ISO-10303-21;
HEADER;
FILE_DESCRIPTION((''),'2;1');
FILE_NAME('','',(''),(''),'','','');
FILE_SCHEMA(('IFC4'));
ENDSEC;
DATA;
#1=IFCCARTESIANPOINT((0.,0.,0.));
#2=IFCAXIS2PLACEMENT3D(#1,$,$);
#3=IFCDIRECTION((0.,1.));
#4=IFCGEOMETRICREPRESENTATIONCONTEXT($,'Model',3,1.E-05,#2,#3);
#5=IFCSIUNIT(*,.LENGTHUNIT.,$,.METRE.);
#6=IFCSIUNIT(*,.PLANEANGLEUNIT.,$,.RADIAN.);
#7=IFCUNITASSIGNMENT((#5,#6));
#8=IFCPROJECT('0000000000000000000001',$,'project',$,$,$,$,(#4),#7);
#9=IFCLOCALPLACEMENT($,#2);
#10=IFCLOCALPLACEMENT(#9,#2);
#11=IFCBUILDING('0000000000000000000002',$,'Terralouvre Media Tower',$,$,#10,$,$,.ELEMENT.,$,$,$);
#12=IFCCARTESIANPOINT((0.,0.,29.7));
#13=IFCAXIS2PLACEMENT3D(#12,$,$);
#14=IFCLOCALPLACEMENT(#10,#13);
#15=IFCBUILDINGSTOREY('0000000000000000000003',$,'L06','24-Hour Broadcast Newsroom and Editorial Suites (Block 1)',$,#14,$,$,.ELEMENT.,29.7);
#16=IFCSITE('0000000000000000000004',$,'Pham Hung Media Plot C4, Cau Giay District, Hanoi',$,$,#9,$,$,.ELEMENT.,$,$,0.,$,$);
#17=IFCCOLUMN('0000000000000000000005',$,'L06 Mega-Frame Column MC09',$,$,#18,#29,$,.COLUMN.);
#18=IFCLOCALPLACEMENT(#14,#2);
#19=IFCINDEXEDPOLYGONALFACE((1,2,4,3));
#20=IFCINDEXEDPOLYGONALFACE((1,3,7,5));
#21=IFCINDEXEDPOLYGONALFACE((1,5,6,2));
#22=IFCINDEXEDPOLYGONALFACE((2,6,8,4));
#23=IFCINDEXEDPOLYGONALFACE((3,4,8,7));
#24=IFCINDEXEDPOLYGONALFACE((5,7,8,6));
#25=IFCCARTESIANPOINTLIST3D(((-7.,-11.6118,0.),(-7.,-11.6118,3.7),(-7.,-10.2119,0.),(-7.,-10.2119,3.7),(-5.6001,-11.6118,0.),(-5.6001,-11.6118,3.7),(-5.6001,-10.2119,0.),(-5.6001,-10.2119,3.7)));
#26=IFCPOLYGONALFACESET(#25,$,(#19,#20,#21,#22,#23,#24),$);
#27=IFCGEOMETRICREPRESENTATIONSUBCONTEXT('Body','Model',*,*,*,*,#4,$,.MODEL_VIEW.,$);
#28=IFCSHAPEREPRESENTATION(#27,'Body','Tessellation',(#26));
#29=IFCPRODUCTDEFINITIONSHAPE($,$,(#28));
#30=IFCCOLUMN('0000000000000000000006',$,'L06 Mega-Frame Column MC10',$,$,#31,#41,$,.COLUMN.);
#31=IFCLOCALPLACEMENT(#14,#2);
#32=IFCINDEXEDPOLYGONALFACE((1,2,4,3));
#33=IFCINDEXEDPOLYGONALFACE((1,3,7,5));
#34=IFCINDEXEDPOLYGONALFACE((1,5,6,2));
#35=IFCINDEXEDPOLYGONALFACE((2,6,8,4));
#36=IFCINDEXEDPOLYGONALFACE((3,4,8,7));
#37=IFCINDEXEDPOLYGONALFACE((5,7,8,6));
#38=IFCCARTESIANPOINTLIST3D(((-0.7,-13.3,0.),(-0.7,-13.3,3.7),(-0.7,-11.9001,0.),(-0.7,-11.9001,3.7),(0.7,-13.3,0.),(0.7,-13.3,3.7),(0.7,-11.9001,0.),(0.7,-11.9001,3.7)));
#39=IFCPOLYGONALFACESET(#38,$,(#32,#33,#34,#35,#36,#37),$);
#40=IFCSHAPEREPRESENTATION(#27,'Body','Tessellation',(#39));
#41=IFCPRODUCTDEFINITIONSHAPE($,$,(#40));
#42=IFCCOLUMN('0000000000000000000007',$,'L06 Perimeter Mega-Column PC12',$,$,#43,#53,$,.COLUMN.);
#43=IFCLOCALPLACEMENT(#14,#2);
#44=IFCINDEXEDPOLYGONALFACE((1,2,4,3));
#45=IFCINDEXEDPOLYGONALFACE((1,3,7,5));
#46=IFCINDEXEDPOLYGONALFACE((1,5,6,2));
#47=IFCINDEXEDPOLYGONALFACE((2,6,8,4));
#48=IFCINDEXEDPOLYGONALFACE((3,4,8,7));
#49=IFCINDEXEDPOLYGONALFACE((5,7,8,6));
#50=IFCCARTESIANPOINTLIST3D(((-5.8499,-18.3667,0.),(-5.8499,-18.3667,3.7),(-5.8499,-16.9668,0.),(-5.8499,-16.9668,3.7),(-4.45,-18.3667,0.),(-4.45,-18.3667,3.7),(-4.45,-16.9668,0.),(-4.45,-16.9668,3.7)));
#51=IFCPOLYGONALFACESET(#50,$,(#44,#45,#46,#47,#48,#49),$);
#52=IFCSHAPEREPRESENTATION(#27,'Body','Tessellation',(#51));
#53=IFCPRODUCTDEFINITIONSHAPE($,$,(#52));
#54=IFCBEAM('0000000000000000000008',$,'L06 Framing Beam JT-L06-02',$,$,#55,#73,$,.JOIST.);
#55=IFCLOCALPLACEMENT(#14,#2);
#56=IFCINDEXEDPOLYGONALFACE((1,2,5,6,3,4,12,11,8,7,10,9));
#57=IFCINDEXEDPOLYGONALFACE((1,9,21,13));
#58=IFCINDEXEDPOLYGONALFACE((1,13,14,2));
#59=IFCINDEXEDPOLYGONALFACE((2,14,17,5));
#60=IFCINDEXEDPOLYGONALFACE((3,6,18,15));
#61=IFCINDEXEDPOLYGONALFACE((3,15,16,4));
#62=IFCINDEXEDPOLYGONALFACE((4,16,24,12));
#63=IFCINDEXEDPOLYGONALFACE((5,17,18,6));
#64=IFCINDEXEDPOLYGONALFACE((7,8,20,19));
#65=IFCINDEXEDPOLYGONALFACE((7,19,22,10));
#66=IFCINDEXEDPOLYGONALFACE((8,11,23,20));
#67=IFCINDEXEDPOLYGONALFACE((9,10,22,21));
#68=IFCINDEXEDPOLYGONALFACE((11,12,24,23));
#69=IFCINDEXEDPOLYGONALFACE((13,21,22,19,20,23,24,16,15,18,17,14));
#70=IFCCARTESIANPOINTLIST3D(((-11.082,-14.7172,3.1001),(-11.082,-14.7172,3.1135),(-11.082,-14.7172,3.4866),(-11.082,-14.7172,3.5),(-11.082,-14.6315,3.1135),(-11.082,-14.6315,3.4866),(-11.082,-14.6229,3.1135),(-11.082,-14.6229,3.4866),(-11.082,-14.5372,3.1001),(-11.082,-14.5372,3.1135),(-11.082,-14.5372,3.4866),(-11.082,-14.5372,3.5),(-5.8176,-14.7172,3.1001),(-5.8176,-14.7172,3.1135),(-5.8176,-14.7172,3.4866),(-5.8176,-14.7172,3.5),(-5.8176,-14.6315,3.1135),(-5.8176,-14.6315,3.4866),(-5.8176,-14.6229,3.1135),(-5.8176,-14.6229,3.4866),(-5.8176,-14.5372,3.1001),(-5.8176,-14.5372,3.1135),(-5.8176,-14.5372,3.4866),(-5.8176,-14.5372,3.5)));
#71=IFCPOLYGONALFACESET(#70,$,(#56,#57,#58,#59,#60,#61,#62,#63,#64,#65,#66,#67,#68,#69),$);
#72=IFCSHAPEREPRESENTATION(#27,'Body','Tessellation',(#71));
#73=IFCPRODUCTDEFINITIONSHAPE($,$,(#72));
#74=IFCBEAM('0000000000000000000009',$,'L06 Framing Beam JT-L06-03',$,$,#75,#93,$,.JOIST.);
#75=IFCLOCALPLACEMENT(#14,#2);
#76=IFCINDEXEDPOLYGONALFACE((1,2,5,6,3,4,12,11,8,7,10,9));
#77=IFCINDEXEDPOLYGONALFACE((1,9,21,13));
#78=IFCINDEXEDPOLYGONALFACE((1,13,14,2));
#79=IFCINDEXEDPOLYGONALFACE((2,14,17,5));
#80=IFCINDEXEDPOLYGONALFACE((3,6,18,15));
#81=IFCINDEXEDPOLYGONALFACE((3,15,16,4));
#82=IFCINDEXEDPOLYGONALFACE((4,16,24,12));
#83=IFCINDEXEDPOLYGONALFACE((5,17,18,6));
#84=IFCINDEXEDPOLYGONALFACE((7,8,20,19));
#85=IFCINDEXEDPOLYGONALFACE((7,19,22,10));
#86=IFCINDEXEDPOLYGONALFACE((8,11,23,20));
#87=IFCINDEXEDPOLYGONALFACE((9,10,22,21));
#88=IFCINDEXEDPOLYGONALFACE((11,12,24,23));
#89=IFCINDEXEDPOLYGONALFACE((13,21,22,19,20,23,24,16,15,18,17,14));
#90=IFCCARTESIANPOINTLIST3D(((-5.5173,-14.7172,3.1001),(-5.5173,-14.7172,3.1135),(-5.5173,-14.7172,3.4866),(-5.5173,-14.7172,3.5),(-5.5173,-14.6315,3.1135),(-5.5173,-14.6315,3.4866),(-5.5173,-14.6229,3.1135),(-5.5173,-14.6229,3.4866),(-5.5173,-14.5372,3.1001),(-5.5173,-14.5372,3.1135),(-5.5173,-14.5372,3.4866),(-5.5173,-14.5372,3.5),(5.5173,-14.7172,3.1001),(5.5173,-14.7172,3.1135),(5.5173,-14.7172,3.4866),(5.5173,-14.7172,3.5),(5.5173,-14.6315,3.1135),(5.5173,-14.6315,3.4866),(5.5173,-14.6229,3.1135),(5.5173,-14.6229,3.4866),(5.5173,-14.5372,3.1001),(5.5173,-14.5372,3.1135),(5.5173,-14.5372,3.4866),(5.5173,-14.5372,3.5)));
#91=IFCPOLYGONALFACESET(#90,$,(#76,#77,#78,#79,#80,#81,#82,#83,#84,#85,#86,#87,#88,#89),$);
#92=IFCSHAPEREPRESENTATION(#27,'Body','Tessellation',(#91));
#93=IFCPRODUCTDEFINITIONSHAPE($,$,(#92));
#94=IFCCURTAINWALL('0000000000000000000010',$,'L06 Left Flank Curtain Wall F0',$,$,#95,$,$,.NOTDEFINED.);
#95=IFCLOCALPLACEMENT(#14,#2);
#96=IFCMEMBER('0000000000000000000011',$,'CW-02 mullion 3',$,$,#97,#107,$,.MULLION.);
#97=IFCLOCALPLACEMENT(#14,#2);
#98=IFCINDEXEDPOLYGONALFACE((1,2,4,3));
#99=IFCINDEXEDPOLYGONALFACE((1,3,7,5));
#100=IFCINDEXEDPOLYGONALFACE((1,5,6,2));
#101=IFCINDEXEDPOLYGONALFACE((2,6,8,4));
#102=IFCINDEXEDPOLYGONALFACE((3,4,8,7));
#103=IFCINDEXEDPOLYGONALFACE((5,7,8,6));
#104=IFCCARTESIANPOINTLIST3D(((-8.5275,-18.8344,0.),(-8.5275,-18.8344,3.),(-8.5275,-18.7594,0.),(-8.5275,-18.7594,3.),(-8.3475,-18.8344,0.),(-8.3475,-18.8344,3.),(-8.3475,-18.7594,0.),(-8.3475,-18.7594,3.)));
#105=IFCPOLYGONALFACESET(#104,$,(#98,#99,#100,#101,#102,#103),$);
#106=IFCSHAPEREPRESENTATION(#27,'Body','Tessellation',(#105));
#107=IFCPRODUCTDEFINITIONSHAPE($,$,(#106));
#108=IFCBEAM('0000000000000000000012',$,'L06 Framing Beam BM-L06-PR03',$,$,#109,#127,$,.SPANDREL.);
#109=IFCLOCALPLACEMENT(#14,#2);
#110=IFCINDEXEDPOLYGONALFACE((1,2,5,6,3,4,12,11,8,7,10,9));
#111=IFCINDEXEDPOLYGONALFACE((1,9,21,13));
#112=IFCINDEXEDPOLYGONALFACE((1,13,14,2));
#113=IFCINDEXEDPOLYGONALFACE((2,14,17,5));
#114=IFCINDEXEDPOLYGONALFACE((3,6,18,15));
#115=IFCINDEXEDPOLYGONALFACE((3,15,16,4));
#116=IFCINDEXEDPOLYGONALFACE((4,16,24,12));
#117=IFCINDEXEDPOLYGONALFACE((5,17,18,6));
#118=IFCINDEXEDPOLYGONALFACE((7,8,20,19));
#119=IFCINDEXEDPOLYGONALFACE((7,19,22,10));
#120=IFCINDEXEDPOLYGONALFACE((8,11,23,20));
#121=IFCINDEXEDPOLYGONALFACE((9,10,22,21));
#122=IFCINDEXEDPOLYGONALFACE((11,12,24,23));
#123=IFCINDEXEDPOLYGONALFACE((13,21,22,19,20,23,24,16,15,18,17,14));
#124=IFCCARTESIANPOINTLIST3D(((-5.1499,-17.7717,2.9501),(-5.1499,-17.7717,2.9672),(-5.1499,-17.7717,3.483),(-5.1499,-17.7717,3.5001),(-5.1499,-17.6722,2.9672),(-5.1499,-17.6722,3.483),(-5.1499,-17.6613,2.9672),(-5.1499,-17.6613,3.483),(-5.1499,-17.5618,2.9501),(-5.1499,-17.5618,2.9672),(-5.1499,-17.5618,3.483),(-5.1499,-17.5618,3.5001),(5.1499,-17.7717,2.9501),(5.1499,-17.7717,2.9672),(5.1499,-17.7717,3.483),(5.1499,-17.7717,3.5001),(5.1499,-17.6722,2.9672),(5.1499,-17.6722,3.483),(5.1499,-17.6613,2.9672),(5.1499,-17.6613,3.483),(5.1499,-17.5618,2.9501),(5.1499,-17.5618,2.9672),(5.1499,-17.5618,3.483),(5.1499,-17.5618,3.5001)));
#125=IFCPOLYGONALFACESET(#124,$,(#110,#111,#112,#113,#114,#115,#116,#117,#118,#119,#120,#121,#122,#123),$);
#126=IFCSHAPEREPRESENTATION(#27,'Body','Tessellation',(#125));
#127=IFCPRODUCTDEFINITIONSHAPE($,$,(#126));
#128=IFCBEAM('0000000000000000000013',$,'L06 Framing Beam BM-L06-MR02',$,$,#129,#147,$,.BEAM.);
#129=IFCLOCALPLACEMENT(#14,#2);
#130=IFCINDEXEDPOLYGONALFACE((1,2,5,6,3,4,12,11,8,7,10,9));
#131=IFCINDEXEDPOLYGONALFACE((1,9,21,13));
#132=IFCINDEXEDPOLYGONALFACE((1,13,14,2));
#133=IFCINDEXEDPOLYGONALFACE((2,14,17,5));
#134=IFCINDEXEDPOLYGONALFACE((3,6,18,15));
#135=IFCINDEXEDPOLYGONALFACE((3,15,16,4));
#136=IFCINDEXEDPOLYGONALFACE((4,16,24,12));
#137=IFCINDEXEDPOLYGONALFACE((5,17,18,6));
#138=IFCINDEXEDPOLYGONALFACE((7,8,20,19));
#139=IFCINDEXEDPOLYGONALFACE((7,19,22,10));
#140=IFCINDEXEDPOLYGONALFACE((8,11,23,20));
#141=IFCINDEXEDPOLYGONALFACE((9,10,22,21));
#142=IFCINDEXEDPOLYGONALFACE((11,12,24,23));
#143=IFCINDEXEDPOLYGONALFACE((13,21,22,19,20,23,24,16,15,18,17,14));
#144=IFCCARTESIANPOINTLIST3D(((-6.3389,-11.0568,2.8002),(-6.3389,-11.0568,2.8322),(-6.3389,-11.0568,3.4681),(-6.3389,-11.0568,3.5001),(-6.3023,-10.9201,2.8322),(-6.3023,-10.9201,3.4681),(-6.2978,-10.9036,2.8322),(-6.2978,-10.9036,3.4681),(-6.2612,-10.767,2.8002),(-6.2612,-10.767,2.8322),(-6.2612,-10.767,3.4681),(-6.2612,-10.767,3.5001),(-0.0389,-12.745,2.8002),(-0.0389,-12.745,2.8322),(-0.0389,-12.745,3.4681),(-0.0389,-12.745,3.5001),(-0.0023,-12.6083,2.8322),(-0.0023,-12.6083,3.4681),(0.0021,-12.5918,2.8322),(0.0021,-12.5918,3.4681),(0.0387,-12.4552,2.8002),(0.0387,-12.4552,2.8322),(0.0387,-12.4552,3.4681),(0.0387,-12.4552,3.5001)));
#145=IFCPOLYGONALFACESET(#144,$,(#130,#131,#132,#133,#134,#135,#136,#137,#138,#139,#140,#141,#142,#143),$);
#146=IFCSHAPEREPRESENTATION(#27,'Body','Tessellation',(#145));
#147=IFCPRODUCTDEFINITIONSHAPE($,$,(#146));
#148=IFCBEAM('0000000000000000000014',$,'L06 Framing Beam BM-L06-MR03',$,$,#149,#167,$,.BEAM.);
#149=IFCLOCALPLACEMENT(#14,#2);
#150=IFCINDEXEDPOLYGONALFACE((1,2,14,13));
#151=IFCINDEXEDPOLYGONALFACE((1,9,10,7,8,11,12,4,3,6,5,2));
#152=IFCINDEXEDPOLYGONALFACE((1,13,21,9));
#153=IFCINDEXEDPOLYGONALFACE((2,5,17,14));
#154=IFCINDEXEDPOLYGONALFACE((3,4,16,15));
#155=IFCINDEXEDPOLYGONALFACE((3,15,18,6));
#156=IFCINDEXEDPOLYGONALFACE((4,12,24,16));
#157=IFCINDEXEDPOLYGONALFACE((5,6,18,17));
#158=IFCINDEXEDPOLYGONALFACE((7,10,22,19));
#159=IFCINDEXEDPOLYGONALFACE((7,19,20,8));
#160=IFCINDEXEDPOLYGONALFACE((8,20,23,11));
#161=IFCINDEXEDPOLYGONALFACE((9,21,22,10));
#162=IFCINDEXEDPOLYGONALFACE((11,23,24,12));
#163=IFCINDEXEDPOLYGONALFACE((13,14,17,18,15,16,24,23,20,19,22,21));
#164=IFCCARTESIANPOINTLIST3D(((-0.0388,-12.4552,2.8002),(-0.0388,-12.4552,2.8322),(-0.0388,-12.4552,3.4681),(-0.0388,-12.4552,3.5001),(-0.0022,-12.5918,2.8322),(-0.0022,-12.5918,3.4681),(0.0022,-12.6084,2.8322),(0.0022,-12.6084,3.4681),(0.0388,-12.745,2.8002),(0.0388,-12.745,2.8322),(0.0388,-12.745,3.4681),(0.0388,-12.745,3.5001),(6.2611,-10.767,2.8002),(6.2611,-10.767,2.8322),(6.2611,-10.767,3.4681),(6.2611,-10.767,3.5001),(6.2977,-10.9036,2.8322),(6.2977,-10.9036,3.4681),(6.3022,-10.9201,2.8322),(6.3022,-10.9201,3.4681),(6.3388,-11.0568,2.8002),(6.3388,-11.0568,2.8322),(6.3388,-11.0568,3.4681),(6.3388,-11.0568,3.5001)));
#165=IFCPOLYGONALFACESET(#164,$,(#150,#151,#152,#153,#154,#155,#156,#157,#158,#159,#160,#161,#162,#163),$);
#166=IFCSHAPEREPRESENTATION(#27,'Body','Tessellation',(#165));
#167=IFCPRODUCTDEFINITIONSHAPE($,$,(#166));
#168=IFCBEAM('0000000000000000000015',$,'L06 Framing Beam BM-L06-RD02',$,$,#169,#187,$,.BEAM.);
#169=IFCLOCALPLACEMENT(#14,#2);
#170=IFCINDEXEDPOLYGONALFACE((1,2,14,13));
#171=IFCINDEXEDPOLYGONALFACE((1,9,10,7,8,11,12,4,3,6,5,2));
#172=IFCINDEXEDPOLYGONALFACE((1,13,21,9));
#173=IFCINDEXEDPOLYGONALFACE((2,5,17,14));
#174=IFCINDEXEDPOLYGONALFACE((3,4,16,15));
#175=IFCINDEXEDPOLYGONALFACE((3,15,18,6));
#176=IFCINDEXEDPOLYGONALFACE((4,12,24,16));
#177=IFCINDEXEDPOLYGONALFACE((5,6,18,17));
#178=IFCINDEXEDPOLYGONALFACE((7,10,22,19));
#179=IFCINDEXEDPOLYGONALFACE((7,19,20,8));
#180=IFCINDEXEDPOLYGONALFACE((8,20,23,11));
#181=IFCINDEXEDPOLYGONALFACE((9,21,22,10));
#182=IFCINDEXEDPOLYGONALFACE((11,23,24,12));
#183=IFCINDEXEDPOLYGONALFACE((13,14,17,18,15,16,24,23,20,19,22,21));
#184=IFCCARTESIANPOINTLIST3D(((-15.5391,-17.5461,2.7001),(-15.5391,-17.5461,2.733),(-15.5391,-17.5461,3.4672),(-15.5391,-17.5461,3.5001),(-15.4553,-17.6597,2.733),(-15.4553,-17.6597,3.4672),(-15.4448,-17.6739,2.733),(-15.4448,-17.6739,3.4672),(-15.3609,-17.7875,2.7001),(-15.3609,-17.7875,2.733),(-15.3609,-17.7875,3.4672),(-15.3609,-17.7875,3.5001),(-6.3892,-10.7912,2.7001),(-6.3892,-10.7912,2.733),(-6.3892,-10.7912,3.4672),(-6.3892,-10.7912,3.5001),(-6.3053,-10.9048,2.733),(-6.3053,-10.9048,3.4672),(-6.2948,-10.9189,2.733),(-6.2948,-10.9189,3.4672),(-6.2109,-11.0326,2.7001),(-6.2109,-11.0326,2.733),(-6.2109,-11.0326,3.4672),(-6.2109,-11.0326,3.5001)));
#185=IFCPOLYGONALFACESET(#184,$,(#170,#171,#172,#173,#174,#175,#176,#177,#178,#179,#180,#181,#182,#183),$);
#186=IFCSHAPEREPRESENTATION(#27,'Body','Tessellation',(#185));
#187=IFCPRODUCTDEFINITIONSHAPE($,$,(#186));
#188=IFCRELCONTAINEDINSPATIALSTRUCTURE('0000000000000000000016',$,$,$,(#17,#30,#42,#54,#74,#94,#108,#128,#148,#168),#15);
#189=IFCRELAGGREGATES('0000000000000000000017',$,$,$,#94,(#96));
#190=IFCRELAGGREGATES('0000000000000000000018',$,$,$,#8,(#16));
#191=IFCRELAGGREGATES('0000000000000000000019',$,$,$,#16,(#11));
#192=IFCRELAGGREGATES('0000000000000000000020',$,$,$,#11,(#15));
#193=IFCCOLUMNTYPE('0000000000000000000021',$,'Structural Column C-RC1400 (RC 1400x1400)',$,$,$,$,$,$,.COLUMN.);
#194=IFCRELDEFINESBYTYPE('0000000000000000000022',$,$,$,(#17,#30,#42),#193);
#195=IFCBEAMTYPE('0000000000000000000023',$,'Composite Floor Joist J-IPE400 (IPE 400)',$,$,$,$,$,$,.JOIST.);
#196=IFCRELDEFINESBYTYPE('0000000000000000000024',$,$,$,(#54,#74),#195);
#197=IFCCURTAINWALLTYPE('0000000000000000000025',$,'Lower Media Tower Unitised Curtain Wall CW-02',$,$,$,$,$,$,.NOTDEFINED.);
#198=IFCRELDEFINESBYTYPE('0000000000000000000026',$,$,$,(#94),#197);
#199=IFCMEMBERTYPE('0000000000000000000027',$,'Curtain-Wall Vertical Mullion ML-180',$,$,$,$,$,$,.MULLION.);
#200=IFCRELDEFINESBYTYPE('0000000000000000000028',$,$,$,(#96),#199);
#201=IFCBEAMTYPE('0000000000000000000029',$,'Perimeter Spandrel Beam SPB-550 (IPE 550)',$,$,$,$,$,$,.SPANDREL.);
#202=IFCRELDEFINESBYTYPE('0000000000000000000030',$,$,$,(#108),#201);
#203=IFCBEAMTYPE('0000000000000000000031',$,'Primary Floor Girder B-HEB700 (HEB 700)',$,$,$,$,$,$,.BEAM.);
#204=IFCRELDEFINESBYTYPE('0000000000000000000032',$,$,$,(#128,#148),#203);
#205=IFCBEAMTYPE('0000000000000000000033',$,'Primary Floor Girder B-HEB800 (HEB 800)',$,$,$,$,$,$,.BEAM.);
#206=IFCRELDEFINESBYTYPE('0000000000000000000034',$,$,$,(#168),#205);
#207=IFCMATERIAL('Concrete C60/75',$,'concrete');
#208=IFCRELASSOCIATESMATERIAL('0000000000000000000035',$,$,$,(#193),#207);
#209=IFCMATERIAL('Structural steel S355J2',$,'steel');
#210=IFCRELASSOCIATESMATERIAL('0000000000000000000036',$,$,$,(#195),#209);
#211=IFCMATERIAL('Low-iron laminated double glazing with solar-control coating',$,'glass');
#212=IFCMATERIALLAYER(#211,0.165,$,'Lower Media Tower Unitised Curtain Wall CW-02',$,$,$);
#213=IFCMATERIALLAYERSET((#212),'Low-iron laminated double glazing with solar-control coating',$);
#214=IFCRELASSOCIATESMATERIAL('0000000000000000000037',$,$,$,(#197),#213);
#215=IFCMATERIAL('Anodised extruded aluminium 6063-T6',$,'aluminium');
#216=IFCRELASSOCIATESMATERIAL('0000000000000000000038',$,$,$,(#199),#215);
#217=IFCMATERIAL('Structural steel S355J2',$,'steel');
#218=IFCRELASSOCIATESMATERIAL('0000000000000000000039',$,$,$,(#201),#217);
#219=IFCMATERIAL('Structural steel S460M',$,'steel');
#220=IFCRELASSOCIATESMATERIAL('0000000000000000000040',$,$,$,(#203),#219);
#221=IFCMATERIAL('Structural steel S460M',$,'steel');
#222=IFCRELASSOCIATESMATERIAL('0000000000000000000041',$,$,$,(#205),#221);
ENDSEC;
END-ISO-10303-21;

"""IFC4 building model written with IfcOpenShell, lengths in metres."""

from ifc_helpers import new_model, si_unit, direction, frame, origin, origin_2d, place, context, subcontext, project, spatial, rectangle, i_section, extrude, material, layer, layer_set, material_profile, profile_set, type_object, element, aggregate, save


model = new_model("IFC4")

# Units and contexts
model_context = context("Model", 3, precision=1e-05, world=origin(), true_north=direction((0.0, 1.0)))
body_context = subcontext(model_context, "Body", "Model", "MODEL_VIEW")
ifc_project = project(units=[si_unit("LENGTHUNIT", "METRE"), si_unit("PLANEANGLEUNIT", "RADIAN")], contexts=[model_context])

# Site, building, storey
site_placement = place(None, origin())
site = spatial("IfcSite", under=ifc_project, at=site_placement, Name="Pham Hung Media Plot C4, Cau Giay District, Hanoi", CompositionType="ELEMENT", RefElevation=0.0)
building_placement = place(site_placement, origin())
building = spatial("IfcBuilding", under=site, at=building_placement, Name="Terralouvre Media Tower", CompositionType="ELEMENT")
storey_placement = place(building_placement, frame((0.0, 0.0, 29.7)))
storey = spatial("IfcBuildingStorey", under=building, at=storey_placement, Name="L06", Description="24-Hour Broadcast Newsroom and Editorial Suites (Block 1)", CompositionType="ELEMENT", Elevation=29.7)

# Columns
ifc_material_1 = material(Name="Concrete C60/75", Category="concrete")
ifc_material_profile_1 = material_profile(ifc_material_1, rectangle(XDim=1.3999, YDim=1.3999, at=origin_2d()), Name="RC 1400x1400")
ifc_profile_set_1 = profile_set([ifc_material_profile_1], Name="Concrete C60/75")
column_type = type_object("IfcColumnType", Name="Structural Column C-RC1400 (RC 1400x1400)", PredefinedType="COLUMN", material=ifc_profile_set_1)
for number, where, z_axis, x_axis, name in (
    (1, (-6.3, -10.9119, 0.0), (0.0, 0.0, 1.0), (1.0, 0.0, 0.0), "L06 Mega-Frame Column MC09"),
    (2, (0.0, -12.6001, 0.0), (0.0, 0.0, 1.0), (1.0, 0.0, 0.0), "L06 Mega-Frame Column MC10"),
    (3, (-5.1499, -17.6667, 0.0), (0.0, 0.0, 1.0), (1.0, 0.0, 0.0), "L06 Perimeter Mega-Column PC12"),
):
    element("IfcColumn", number, at=place(storey_placement, frame(where, z_axis=z_axis, x_axis=x_axis)), inside=storey, type_object=column_type, Name=name, PredefinedType="COLUMN", context=body_context, shape_type="SweptSolid", body=[
        extrude(rectangle(XDim=1.3999, YDim=1.3999, at=origin_2d()), origin(), (0.0, 0.0, 1.0), 3.7),
    ])

# Beams
ifc_material_2 = material(Name="Structural steel S355J2", Category="steel")
ifc_material_profile_2 = material_profile(ifc_material_2, i_section(OverallWidth=0.1799, OverallDepth=0.3999, WebThickness=0.0085, FlangeThickness=0.0134, at=origin_2d()), Name="IPE 400")
ifc_profile_set_2 = profile_set([ifc_material_profile_2], Name="Structural steel S355J2")
beam_type_1 = type_object("IfcBeamType", Name="Composite Floor Joist J-IPE400 (IPE 400)", PredefinedType="JOIST", material=ifc_profile_set_2)
beam_1_placement = place(storey_placement, frame((-11.082, -14.6272, 3.3), z_axis=(1.0, 0.0, 0.0), x_axis=(0.0, 1.0, 0.0)))
element("IfcBeam", 4, at=beam_1_placement, inside=storey, type_object=beam_type_1, Name="L06 Framing Beam JT-L06-02", PredefinedType="JOIST", context=body_context, shape_type="SweptSolid", body=[
    extrude(i_section(OverallWidth=0.1799, OverallDepth=0.3999, WebThickness=0.0085, FlangeThickness=0.0134, at=origin_2d()), origin(), (0.0, 0.0, 1.0), 5.2644),
])
beam_2_placement = place(storey_placement, frame((-5.5173, -14.6272, 3.3), z_axis=(1.0, 0.0, 0.0), x_axis=(0.0, 1.0, 0.0)))
element("IfcBeam", 5, at=beam_2_placement, inside=storey, type_object=beam_type_1, Name="L06 Framing Beam JT-L06-03", PredefinedType="JOIST", context=body_context, shape_type="SweptSolid", body=[
    extrude(i_section(OverallWidth=0.1799, OverallDepth=0.3999, WebThickness=0.0085, FlangeThickness=0.0134, at=origin_2d()), origin(), (0.0, 0.0, 1.0), 11.0347),
])

# Curtain wall, member
ifc_material_3 = material(Name="Low-iron laminated double glazing with solar-control coating", Category="glass")
ifc_layer_1 = layer(ifc_material_3, 0.165, Name="Lower Media Tower Unitised Curtain Wall CW-02")
ifc_layer_set_1 = layer_set([ifc_layer_1], Name="Low-iron laminated double glazing with solar-control coating")
curtain_wall_type = type_object("IfcCurtainWallType", Name="Lower Media Tower Unitised Curtain Wall CW-02", PredefinedType="NOTDEFINED", material=ifc_layer_set_1)
curtain_wall_placement = place(storey_placement, origin())
curtain_wall = element("IfcCurtainWall", 6, at=curtain_wall_placement, inside=storey, type_object=curtain_wall_type, Name="L06 Left Flank Curtain Wall F0", PredefinedType="NOTDEFINED")
ifc_material_4 = material(Name="Anodised extruded aluminium 6063-T6", Category="aluminium")
ifc_material_profile_3 = material_profile(ifc_material_4, rectangle(XDim=0.075, YDim=0.1799, at=origin_2d()), Name="ALU 75x180")
ifc_profile_set_3 = profile_set([ifc_material_profile_3], Name="Anodised extruded aluminium 6063-T6")
member_type = type_object("IfcMemberType", Name="Curtain-Wall Vertical Mullion ML-180", PredefinedType="MULLION", material=ifc_profile_set_3)
member_placement = place(storey_placement, frame((-8.4375, -18.7969, 0.0), z_axis=(0.0, 0.0, 1.0), x_axis=(0.0, 1.0, 0.0)))
member = element("IfcMember", 7, at=member_placement, type_object=member_type, Name="CW-02 mullion 3", PredefinedType="MULLION", context=body_context, shape_type="SweptSolid", body=[
    extrude(rectangle(XDim=0.075, YDim=0.1799, at=origin_2d()), origin(), (0.0, 0.0, 1.0), 3.0),
])
aggregate(curtain_wall, [member])

# Beams
ifc_material_5 = material(Name="Structural steel S355J2", Category="steel")
ifc_material_profile_4 = material_profile(ifc_material_5, i_section(OverallWidth=0.21, OverallDepth=0.55, WebThickness=0.011, FlangeThickness=0.0171, at=origin_2d()), Name="IPE 550")
ifc_profile_set_4 = profile_set([ifc_material_profile_4], Name="Structural steel S355J2")
beam_type_2 = type_object("IfcBeamType", Name="Perimeter Spandrel Beam SPB-550 (IPE 550)", PredefinedType="SPANDREL", material=ifc_profile_set_4)
beam_3_placement = place(storey_placement, frame((-5.1499, -17.6667, 3.2251), z_axis=(1.0, 0.0, 0.0), x_axis=(0.0, 1.0, 0.0)))
element("IfcBeam", 8, at=beam_3_placement, inside=storey, type_object=beam_type_2, Name="L06 Framing Beam BM-L06-PR03", PredefinedType="SPANDREL", context=body_context, shape_type="SweptSolid", body=[
    extrude(i_section(OverallWidth=0.21, OverallDepth=0.55, WebThickness=0.011, FlangeThickness=0.0171, at=origin_2d()), origin(), (0.0, 0.0, 1.0), 10.2998),
])
ifc_material_6 = material(Name="Structural steel S460M", Category="steel")
ifc_material_profile_5 = material_profile(ifc_material_6, i_section(OverallWidth=0.3, OverallDepth=0.7, WebThickness=0.0171, FlangeThickness=0.032, at=origin_2d()), Name="HEB 700")
ifc_profile_set_5 = profile_set([ifc_material_profile_5], Name="Structural steel S460M")
beam_type_3 = type_object("IfcBeamType", Name="Primary Floor Girder B-HEB700 (HEB 700)", PredefinedType="BEAM", material=ifc_profile_set_5)
for number, where, z_axis, x_axis, name in (
    (9, (-6.3, -10.9119, 3.1501), (0.96592, -0.258839, 0.0), (0.258839, 0.96592, 0.0), "L06 Framing Beam BM-L06-MR02"),
    (10, (0.0, -12.6001, 3.1501), (0.96592, 0.258839, 0.0), (-0.258839, 0.96592, 0.0), "L06 Framing Beam BM-L06-MR03"),
):
    element("IfcBeam", number, at=place(storey_placement, frame(where, z_axis=z_axis, x_axis=x_axis)), inside=storey, type_object=beam_type_3, Name=name, PredefinedType="BEAM", context=body_context, shape_type="SweptSolid", body=[
        extrude(i_section(OverallWidth=0.3, OverallDepth=0.7, WebThickness=0.0171, FlangeThickness=0.032, at=origin_2d()), origin(), (0.0, 0.0, 1.0), 6.5222),
    ])
ifc_material_7 = material(Name="Structural steel S460M", Category="steel")
ifc_material_profile_6 = material_profile(ifc_material_7, i_section(OverallWidth=0.3, OverallDepth=0.8, WebThickness=0.0176, FlangeThickness=0.033, at=origin_2d()), Name="HEB 800")
ifc_profile_set_6 = profile_set([ifc_material_profile_6], Name="Structural steel S460M")
beam_type_4 = type_object("IfcBeamType", Name="Primary Floor Girder B-HEB800 (HEB 800)", PredefinedType="BEAM", material=ifc_profile_set_6)
beam_4_placement = place(storey_placement, frame((-6.3, -10.9119, 3.1001), z_axis=(-0.804516, -0.593931, 0.0), x_axis=(0.593931, -0.804516, 0.0)))
element("IfcBeam", 11, at=beam_4_placement, inside=storey, type_object=beam_type_4, Name="L06 Framing Beam BM-L06-RD02", PredefinedType="BEAM", context=body_context, shape_type="SweptSolid", body=[
    extrude(i_section(OverallWidth=0.3, OverallDepth=0.8, WebThickness=0.0176, FlangeThickness=0.033, at=origin_2d()), origin(), (0.0, 0.0, 1.0), 11.3733),
])

save(model, "model.ifc")
